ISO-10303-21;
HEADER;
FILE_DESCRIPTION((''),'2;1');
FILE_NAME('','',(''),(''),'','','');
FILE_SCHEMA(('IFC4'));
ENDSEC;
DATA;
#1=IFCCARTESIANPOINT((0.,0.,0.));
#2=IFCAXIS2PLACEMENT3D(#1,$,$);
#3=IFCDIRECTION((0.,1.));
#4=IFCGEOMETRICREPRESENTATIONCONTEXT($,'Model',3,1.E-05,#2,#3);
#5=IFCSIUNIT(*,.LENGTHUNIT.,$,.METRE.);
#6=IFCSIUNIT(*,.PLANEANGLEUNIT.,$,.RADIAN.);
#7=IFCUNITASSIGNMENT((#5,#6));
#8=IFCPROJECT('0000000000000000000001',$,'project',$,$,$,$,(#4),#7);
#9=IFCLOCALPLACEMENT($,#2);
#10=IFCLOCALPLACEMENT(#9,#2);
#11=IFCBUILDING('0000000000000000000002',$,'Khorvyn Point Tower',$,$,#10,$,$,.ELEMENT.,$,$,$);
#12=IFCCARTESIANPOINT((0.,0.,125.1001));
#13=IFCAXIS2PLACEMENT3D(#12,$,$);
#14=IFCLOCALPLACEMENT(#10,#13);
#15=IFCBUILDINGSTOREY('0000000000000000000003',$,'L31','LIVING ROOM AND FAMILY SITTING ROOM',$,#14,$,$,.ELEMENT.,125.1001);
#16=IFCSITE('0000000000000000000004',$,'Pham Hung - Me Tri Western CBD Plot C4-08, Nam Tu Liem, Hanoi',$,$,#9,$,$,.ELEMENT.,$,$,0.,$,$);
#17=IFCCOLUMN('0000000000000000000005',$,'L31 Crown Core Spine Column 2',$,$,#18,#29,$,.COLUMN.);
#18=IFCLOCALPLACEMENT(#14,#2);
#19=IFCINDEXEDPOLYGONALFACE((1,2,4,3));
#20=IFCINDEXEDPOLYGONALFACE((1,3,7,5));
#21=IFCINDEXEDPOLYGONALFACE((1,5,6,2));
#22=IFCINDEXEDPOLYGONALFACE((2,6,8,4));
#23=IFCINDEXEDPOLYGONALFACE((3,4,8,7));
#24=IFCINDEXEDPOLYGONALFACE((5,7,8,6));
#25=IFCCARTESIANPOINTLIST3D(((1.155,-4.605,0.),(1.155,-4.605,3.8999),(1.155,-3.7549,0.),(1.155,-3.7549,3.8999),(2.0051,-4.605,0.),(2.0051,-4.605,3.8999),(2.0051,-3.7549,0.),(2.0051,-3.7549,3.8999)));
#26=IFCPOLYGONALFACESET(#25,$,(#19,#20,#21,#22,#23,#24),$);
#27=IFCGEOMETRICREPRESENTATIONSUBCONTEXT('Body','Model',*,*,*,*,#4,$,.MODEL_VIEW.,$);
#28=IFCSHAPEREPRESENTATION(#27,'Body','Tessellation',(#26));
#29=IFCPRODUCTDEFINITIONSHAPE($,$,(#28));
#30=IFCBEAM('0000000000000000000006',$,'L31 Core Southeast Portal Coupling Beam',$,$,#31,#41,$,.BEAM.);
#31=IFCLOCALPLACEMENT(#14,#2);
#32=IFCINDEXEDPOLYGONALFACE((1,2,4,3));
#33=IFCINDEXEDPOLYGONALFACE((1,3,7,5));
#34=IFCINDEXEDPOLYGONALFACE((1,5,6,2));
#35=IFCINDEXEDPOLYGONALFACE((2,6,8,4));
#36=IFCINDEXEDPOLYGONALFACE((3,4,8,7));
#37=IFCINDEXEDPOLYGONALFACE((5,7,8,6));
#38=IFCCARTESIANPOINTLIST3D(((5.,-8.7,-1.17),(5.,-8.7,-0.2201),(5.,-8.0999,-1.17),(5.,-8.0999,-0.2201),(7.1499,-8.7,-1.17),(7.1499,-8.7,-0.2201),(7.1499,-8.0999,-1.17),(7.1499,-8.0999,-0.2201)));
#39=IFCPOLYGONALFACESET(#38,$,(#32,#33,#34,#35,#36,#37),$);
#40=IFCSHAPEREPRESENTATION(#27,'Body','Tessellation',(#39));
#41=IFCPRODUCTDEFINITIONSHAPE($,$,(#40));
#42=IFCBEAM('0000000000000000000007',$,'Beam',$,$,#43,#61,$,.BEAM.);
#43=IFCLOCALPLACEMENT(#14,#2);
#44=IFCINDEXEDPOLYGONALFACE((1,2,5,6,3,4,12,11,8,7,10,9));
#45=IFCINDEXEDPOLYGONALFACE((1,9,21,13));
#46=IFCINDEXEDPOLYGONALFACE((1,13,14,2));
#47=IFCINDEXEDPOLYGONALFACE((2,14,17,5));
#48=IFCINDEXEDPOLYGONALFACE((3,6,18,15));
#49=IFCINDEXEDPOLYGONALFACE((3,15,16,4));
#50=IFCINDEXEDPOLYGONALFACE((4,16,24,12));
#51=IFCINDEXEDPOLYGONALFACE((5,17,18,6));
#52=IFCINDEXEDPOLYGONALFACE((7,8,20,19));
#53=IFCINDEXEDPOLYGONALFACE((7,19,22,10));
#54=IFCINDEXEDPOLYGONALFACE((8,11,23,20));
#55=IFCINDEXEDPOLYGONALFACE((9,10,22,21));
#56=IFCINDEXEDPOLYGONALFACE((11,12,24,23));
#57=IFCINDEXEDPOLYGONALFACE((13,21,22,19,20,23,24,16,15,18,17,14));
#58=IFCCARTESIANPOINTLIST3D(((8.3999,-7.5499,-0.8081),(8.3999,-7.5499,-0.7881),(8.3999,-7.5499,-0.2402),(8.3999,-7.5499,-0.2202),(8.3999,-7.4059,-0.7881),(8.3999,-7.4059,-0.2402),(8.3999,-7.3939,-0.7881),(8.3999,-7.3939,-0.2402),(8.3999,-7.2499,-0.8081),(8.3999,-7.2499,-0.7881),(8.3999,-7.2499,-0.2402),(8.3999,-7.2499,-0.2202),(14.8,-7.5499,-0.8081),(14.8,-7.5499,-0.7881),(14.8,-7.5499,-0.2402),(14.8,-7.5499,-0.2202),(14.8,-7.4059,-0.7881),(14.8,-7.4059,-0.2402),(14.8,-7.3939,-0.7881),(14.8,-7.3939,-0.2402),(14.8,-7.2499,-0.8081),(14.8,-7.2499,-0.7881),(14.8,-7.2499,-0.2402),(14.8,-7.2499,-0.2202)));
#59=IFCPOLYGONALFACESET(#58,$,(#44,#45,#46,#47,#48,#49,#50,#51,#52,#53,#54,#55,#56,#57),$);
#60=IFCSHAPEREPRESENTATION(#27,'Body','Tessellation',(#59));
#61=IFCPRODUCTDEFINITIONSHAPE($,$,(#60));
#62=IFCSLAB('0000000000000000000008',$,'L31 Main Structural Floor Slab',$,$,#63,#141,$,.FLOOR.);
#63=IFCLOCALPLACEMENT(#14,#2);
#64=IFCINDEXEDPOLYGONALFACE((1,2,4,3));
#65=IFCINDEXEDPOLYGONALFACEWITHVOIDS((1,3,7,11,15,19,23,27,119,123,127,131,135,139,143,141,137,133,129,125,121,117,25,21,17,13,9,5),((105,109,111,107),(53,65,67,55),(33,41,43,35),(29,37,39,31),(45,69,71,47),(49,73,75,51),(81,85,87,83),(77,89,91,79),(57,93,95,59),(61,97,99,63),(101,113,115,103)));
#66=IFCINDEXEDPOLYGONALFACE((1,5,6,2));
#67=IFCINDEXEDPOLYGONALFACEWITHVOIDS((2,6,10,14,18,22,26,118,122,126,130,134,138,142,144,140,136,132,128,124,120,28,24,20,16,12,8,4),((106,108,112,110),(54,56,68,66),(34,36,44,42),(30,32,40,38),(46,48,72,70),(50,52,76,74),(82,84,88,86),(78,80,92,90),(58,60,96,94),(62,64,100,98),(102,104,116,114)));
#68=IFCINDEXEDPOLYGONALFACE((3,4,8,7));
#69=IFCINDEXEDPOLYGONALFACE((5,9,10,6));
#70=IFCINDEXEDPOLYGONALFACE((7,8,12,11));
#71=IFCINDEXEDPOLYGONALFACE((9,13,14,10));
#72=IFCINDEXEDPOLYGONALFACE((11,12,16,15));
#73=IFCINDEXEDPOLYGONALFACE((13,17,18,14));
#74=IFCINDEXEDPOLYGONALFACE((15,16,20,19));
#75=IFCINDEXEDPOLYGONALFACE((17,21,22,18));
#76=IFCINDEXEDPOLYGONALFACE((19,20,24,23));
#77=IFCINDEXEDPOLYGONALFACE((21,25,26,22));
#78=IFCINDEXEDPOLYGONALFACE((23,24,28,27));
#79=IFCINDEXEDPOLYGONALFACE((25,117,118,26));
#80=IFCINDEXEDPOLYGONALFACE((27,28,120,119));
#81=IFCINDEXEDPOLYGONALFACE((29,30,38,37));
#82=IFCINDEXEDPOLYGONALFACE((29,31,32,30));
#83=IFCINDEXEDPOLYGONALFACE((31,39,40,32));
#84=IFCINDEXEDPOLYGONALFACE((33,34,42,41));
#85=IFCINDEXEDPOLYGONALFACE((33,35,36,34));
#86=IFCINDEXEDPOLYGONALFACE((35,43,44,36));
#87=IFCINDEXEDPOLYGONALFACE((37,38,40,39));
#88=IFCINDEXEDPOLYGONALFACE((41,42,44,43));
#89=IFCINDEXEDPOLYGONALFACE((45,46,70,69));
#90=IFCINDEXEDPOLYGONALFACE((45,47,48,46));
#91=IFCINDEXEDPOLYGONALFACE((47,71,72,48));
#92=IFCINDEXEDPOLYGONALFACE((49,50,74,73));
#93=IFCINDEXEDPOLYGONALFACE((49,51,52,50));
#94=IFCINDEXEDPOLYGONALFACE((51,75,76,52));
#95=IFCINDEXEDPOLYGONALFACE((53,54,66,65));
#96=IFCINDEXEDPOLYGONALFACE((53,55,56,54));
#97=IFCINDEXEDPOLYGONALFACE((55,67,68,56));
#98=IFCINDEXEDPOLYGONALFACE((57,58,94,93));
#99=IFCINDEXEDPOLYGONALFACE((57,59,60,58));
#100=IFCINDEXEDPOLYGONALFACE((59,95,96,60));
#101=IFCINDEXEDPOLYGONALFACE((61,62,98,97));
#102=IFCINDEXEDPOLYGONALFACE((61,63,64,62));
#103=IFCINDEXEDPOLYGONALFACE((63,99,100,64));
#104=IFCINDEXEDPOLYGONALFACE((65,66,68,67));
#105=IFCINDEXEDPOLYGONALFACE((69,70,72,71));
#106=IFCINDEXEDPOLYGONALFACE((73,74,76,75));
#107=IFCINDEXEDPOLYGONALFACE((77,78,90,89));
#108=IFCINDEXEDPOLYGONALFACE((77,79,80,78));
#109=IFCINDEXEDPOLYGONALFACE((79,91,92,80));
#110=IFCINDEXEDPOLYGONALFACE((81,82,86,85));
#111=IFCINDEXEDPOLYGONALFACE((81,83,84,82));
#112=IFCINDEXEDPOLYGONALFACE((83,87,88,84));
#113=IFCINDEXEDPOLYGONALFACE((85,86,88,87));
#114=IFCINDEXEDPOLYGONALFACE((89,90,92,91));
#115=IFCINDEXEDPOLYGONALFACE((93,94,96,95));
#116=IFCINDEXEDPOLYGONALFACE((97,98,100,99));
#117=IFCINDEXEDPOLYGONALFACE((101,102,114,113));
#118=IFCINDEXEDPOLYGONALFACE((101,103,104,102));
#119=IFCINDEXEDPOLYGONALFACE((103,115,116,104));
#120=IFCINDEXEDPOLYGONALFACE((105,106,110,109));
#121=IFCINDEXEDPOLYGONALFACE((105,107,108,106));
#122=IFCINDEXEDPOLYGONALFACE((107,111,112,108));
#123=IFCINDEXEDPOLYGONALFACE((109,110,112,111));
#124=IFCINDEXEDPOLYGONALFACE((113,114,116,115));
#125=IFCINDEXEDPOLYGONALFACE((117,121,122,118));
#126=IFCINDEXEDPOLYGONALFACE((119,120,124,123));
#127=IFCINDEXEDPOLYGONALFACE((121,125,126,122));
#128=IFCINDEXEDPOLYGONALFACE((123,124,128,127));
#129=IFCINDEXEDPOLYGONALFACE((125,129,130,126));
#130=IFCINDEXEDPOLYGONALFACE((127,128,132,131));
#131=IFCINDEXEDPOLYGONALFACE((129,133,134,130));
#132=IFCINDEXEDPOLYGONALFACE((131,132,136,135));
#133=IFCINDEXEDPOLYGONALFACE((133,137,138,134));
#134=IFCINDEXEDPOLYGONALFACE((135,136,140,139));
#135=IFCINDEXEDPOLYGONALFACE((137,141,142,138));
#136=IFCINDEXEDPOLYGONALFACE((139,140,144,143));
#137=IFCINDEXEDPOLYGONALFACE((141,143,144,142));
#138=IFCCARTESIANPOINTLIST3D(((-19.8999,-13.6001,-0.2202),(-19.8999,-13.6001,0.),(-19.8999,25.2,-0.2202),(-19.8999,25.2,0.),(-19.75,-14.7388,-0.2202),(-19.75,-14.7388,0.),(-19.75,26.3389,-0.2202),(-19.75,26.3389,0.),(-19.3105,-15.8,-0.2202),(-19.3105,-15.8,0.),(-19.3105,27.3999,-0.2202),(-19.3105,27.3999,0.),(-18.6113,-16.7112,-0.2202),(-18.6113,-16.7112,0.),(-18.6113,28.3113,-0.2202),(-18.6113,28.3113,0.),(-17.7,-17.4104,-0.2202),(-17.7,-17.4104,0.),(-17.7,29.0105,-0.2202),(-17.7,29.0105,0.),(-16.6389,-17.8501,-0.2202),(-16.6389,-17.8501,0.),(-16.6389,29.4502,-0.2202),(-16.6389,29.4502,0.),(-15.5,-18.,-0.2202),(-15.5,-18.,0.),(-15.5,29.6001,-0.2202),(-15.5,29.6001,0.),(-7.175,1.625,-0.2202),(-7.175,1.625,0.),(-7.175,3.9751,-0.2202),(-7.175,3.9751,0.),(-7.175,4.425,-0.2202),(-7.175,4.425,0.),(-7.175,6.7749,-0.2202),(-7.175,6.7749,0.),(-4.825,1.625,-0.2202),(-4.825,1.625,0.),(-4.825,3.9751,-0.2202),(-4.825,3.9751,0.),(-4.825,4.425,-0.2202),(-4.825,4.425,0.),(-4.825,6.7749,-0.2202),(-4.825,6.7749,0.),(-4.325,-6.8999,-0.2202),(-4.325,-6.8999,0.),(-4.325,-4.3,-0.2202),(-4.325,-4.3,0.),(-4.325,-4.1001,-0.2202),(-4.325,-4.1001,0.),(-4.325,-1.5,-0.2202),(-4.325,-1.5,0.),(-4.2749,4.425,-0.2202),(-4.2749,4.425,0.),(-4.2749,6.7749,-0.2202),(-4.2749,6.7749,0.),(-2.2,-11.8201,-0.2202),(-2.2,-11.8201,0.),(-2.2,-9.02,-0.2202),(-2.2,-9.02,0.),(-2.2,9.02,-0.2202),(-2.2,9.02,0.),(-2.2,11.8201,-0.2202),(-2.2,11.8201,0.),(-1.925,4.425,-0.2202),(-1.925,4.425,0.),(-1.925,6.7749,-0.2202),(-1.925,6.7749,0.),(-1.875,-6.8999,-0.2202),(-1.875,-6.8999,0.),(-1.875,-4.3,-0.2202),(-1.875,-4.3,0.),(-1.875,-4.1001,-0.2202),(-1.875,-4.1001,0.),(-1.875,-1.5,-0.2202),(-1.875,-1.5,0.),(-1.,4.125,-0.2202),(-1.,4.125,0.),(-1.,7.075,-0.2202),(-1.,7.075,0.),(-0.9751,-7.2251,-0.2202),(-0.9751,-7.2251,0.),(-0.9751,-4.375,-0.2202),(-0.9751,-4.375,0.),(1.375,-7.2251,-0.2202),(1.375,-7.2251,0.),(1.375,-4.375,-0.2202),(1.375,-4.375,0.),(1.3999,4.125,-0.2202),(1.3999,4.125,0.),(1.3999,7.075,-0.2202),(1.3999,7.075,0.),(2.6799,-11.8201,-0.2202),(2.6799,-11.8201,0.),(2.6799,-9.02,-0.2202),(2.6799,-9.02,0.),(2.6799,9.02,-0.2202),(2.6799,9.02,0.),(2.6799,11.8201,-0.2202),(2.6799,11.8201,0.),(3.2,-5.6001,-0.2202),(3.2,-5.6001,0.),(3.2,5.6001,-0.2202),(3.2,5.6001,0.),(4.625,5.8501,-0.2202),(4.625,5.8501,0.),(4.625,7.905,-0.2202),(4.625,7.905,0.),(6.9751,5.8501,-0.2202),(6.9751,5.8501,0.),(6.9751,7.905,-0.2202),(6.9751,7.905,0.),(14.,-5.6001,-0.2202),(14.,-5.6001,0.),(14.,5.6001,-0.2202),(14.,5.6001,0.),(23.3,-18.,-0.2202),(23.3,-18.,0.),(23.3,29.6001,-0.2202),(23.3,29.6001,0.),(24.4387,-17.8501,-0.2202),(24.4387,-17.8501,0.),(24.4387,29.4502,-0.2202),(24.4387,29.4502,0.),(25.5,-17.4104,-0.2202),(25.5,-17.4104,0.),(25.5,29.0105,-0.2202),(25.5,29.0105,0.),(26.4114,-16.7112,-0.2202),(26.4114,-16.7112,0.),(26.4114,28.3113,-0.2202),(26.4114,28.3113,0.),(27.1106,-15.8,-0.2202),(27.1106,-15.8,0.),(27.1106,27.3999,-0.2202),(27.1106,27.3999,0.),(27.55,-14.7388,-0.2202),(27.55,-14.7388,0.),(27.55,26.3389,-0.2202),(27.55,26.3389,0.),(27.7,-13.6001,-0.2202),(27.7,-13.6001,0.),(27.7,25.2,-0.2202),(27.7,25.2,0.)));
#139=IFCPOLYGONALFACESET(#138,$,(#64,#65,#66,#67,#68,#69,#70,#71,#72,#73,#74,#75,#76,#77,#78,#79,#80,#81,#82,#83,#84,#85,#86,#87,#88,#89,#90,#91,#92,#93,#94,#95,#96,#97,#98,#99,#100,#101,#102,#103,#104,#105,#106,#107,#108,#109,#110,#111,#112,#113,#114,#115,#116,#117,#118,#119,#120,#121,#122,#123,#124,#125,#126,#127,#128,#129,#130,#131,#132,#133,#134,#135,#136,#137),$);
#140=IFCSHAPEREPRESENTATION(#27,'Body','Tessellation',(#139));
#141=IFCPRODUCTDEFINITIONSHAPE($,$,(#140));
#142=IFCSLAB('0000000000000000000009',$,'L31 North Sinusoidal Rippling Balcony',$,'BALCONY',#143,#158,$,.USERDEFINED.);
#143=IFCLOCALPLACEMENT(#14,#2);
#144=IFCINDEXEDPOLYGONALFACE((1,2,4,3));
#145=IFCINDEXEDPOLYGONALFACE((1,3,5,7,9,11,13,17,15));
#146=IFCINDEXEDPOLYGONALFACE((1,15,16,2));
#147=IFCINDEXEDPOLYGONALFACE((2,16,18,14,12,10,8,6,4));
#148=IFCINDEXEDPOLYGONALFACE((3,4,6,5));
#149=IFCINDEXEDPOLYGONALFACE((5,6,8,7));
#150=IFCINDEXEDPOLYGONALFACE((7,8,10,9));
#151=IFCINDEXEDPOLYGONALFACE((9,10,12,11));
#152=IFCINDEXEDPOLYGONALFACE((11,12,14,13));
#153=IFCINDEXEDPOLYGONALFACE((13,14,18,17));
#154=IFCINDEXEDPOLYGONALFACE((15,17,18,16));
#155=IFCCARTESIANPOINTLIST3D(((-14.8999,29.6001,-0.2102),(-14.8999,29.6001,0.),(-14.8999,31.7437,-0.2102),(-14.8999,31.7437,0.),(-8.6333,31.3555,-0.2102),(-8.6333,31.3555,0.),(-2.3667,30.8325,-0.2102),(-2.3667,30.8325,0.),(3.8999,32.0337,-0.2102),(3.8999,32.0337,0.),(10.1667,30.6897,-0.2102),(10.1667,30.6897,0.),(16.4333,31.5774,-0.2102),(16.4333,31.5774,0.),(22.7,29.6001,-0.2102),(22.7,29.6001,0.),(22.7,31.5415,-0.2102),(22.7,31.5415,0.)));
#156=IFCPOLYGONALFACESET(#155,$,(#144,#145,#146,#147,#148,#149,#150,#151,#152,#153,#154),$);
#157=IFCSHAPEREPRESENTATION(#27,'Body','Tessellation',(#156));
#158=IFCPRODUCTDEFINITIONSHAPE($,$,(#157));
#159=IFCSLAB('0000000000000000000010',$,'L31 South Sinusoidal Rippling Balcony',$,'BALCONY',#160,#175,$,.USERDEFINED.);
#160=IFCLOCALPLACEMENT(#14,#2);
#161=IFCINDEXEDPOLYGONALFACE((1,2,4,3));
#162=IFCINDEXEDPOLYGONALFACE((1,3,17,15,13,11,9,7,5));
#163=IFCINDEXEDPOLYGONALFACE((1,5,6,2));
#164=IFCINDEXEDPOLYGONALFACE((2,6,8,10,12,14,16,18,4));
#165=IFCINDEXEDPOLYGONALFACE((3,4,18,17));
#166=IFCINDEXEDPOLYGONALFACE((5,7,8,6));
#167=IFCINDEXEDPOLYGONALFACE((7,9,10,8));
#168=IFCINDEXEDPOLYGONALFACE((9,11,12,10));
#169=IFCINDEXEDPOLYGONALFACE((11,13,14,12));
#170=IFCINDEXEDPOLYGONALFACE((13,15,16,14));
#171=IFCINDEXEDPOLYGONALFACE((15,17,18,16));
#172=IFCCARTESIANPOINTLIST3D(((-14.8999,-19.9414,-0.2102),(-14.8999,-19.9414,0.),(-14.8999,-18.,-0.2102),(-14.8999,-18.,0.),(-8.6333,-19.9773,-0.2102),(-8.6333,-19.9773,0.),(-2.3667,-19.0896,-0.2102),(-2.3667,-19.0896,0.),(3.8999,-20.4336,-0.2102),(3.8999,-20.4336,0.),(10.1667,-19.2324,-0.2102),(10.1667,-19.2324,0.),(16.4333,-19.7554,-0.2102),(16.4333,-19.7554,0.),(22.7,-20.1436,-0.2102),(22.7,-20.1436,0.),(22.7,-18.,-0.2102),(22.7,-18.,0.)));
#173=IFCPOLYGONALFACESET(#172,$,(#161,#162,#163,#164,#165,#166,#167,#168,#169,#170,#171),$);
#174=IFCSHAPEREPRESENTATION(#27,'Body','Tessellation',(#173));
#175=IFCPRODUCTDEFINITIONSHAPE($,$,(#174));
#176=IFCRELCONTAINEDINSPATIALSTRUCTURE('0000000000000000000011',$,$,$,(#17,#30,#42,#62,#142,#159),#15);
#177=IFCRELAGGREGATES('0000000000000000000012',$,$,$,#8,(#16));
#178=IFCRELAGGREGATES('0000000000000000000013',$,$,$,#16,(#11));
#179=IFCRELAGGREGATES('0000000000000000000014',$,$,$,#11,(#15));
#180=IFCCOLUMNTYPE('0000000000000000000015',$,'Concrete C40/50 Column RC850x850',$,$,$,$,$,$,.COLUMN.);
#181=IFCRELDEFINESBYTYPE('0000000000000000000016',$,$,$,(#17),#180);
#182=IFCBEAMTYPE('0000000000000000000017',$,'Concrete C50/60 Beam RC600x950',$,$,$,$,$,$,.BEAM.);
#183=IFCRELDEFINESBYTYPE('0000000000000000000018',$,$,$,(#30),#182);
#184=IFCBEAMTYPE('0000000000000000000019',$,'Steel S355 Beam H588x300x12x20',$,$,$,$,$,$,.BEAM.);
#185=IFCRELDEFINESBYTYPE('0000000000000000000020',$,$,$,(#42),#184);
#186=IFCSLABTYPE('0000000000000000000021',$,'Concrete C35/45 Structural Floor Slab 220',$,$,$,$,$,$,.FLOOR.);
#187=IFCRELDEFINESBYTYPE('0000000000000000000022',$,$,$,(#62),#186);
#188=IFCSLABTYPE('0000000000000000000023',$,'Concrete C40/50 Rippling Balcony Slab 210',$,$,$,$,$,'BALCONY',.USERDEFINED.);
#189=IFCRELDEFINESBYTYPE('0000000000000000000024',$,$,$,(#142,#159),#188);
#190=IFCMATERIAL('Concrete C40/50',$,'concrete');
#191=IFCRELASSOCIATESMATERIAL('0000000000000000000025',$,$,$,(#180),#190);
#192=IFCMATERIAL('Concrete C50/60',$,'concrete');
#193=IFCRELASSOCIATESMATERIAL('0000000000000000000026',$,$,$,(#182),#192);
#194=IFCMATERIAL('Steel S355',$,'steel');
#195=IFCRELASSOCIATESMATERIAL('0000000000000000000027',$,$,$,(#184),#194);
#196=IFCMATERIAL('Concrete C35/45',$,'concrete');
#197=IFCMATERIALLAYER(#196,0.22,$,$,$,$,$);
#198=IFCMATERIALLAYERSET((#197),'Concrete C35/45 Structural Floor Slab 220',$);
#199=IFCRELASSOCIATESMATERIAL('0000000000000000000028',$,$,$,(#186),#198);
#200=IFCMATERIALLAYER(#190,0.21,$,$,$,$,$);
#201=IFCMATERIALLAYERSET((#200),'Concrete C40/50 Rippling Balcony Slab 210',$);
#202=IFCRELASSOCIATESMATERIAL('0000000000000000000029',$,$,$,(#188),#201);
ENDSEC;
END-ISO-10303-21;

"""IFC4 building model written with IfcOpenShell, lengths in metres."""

from ifc_helpers import new_model, si_unit, direction, frame, origin, origin_2d, place, context, subcontext, project, spatial, polyline, rectangle, i_section, outline, extrude, material, layer, layer_set, material_profile, profile_set, type_object, element, save


model = new_model("IFC4")

# Units and contexts
model_context = context("Model", 3, precision=1e-05, world=origin(), true_north=direction((0.0, 1.0)))
body_context = subcontext(model_context, "Body", "Model", "MODEL_VIEW")
ifc_project = project(units=[si_unit("LENGTHUNIT", "METRE"), si_unit("PLANEANGLEUNIT", "RADIAN")], contexts=[model_context])

# Site, building, storey
site_placement = place(None, origin())
site = spatial("IfcSite", under=ifc_project, at=site_placement, Name="Pham Hung - Me Tri Western CBD Plot C4-08, Nam Tu Liem, Hanoi", CompositionType="ELEMENT", RefElevation=0.0)
building_placement = place(site_placement, origin())
building = spatial("IfcBuilding", under=site, at=building_placement, Name="Khorvyn Point Tower", CompositionType="ELEMENT")
storey_placement = place(building_placement, frame((0.0, 0.0, 125.1001)))
storey = spatial("IfcBuildingStorey", under=building, at=storey_placement, Name="L31", Description="LIVING ROOM AND FAMILY SITTING ROOM", CompositionType="ELEMENT", Elevation=125.1001)

# Column
ifc_material_1 = material(Name="Concrete C40/50", Category="concrete")
ifc_material_profile_1 = material_profile(ifc_material_1, rectangle(XDim=0.8501, YDim=0.8501, at=origin_2d()))
ifc_profile_set_1 = profile_set([ifc_material_profile_1], Name="Concrete C40/50 RC850x850")
column_type = type_object("IfcColumnType", Name="Concrete C40/50 Column RC850x850", PredefinedType="COLUMN", material=ifc_profile_set_1)
column_placement = place(storey_placement, frame((1.5801, -4.1799, 0.0), z_axis=(0.0, 0.0, 1.0), x_axis=(1.0, 0.0, 0.0)))
element("IfcColumn", 1, at=column_placement, inside=storey, type_object=column_type, Name="L31 Crown Core Spine Column 2", PredefinedType="COLUMN", context=body_context, shape_type="SweptSolid", body=[
    extrude(rectangle(XDim=0.8501, YDim=0.8501, at=origin_2d()), origin(), (0.0, 0.0, 1.0), 3.8999),
])

# Beams
ifc_material_2 = material(Name="Concrete C50/60", Category="concrete")
ifc_material_profile_2 = material_profile(ifc_material_2, rectangle(XDim=0.6001, YDim=0.95, at=origin_2d()))
ifc_profile_set_2 = profile_set([ifc_material_profile_2], Name="Concrete C50/60 RC600x950")
beam_type_1 = type_object("IfcBeamType", Name="Concrete C50/60 Beam RC600x950", PredefinedType="BEAM", material=ifc_profile_set_2)
beam_1_placement = place(storey_placement, frame((5.0, -8.3999, -0.6951), z_axis=(1.0, 0.0, 0.0), x_axis=(0.0, 1.0, 0.0)))
element("IfcBeam", 2, at=beam_1_placement, inside=storey, type_object=beam_type_1, Name="L31 Core Southeast Portal Coupling Beam", PredefinedType="BEAM", context=body_context, shape_type="SweptSolid", body=[
    extrude(rectangle(XDim=0.6001, YDim=0.95, at=origin_2d()), origin(), (0.0, 0.0, 1.0), 2.1499),
])
ifc_material_3 = material(Name="Steel S355", Category="steel")
ifc_material_profile_3 = material_profile(ifc_material_3, i_section(OverallWidth=0.3, OverallDepth=0.5879, WebThickness=0.012, FlangeThickness=0.02, at=origin_2d()))
ifc_profile_set_3 = profile_set([ifc_material_profile_3], Name="Steel S355 H588x300x12x20")
beam_type_2 = type_object("IfcBeamType", Name="Steel S355 Beam H588x300x12x20", PredefinedType="BEAM", material=ifc_profile_set_3)
beam_2_placement = place(storey_placement, frame((8.3999, -7.3999, -0.5142), z_axis=(1.0, 0.0, 0.0), x_axis=(0.0, 1.0, 0.0)))
element("IfcBeam", 3, at=beam_2_placement, inside=storey, type_object=beam_type_2, Name="Beam", PredefinedType="BEAM", context=body_context, shape_type="SweptSolid", body=[
    extrude(i_section(OverallWidth=0.3, OverallDepth=0.5879, WebThickness=0.012, FlangeThickness=0.02, at=origin_2d()), origin(), (0.0, 0.0, 1.0), 6.4001),
])

# Slabs
ifc_material_4 = material(Name="Concrete C35/45", Category="concrete")
ifc_layer_1 = layer(ifc_material_4, 0.22)
ifc_layer_set_1 = layer_set([ifc_layer_1], Name="Concrete C35/45 Structural Floor Slab 220")
slab_type_1 = type_object("IfcSlabType", Name="Concrete C35/45 Structural Floor Slab 220", PredefinedType="FLOOR", material=ifc_layer_set_1)
slab_1_placement = place(storey_placement, frame((0.0, 0.0, -0.2202)))
element("IfcSlab", 4, at=slab_1_placement, inside=storey, type_object=slab_type_1, Name="L31 Main Structural Floor Slab", PredefinedType="FLOOR", context=body_context, shape_type="SweptSolid", body=[
    extrude(outline(polyline([(-15.5, -18.0), (-16.6389, -17.8501), (-17.7, -17.4104), (-18.6113, -16.7112), (-19.3105, -15.8), (-19.75, -14.7388), (-19.8999, -13.6001), (-19.8999, 25.2), (-19.75, 26.3389), (-19.3105, 27.3999), (-18.6113, 28.3113), (-17.7, 29.0105), (-16.6389, 29.4502), (-15.5, 29.6001), (23.3, 29.6001), (24.4387, 29.4502), (25.5, 29.0105), (26.4114, 28.3113), (27.1106, 27.3999), (27.55, 26.3389), (27.7, 25.2), (27.7, -13.6001), (27.55, -14.7388), (27.1106, -15.8), (26.4114, -16.7112), (25.5, -17.4104), (24.4387, -17.8501), (23.3, -18.0), (-15.5, -18.0)]), holes=[polyline([(-1.875, -6.8999), (-1.875, -4.3), (-4.325, -4.3), (-4.325, -6.8999), (-1.875, -6.8999)]), polyline([(-1.875, -4.1001), (-1.875, -1.5), (-4.325, -1.5), (-4.325, -4.1001), (-1.875, -4.1001)]), polyline([(-4.825, 1.625), (-4.825, 3.9751), (-7.175, 3.9751), (-7.175, 1.625), (-4.825, 1.625)]), polyline([(-7.175, 4.425), (-4.825, 4.425), (-4.825, 6.7749), (-7.175, 6.7749), (-7.175, 4.425)]), polyline([(-4.2749, 4.425), (-1.925, 4.425), (-1.925, 6.7749), (-4.2749, 6.7749), (-4.2749, 4.425)]), polyline([(1.3999, 4.125), (1.3999, 7.075), (-1.0, 7.075), (-1.0, 4.125), (1.3999, 4.125)]), polyline([(-2.2, -11.8201), (2.6799, -11.8201), (2.6799, -9.02), (-2.2, -9.02), (-2.2, -11.8201)]), polyline([(-0.9751, -7.2251), (1.375, -7.2251), (1.375, -4.375), (-0.9751, -4.375), (-0.9751, -7.2251)]), polyline([(14.0, -5.6001), (14.0, 5.6001), (3.2, 5.6001), (3.2, -5.6001), (14.0, -5.6001)]), polyline([(4.625, 5.8501), (6.9751, 5.8501), (6.9751, 7.905), (4.625, 7.905), (4.625, 5.8501)]), polyline([(-2.2, 9.02), (2.6799, 9.02), (2.6799, 11.8201), (-2.2, 11.8201), (-2.2, 9.02)])]), origin(), (0.0, 0.0, 1.0), 0.2202),
])
ifc_layer_2 = layer(ifc_material_1, 0.21)
ifc_layer_set_2 = layer_set([ifc_layer_2], Name="Concrete C40/50 Rippling Balcony Slab 210")
slab_type_2 = type_object("IfcSlabType", Name="Concrete C40/50 Rippling Balcony Slab 210", ElementType="BALCONY", PredefinedType="USERDEFINED", material=ifc_layer_set_2)
slab_2_placement = place(storey_placement, frame((0.0, 0.0, -0.2102)))
element("IfcSlab", 5, at=slab_2_placement, inside=storey, type_object=slab_type_2, Name="L31 North Sinusoidal Rippling Balcony", ObjectType="BALCONY", PredefinedType="USERDEFINED", context=body_context, shape_type="SweptSolid", body=[
    extrude(outline(polyline([(22.7, 29.6001), (22.7, 31.5415), (16.4333, 31.5774), (10.1667, 30.6897), (3.8999, 32.0337), (-2.3667, 30.8325), (-8.6333, 31.3555), (-14.8999, 31.7437), (-14.8999, 29.6001), (22.7, 29.6001)])), origin(), (0.0, 0.0, 1.0), 0.2102),
])
slab_3_placement = place(storey_placement, frame((0.0, 0.0, -0.2102)))
element("IfcSlab", 6, at=slab_3_placement, inside=storey, type_object=slab_type_2, Name="L31 South Sinusoidal Rippling Balcony", ObjectType="BALCONY", PredefinedType="USERDEFINED", context=body_context, shape_type="SweptSolid", body=[
    extrude(outline(polyline([(-14.8999, -18.0), (-14.8999, -19.9414), (-8.6333, -19.9773), (-2.3667, -19.0896), (3.8999, -20.4336), (10.1667, -19.2324), (16.4333, -19.7554), (22.7, -20.1436), (22.7, -18.0), (-14.8999, -18.0)])), origin(), (0.0, 0.0, 1.0), 0.2102),
])

save(model, "model.ifc")
